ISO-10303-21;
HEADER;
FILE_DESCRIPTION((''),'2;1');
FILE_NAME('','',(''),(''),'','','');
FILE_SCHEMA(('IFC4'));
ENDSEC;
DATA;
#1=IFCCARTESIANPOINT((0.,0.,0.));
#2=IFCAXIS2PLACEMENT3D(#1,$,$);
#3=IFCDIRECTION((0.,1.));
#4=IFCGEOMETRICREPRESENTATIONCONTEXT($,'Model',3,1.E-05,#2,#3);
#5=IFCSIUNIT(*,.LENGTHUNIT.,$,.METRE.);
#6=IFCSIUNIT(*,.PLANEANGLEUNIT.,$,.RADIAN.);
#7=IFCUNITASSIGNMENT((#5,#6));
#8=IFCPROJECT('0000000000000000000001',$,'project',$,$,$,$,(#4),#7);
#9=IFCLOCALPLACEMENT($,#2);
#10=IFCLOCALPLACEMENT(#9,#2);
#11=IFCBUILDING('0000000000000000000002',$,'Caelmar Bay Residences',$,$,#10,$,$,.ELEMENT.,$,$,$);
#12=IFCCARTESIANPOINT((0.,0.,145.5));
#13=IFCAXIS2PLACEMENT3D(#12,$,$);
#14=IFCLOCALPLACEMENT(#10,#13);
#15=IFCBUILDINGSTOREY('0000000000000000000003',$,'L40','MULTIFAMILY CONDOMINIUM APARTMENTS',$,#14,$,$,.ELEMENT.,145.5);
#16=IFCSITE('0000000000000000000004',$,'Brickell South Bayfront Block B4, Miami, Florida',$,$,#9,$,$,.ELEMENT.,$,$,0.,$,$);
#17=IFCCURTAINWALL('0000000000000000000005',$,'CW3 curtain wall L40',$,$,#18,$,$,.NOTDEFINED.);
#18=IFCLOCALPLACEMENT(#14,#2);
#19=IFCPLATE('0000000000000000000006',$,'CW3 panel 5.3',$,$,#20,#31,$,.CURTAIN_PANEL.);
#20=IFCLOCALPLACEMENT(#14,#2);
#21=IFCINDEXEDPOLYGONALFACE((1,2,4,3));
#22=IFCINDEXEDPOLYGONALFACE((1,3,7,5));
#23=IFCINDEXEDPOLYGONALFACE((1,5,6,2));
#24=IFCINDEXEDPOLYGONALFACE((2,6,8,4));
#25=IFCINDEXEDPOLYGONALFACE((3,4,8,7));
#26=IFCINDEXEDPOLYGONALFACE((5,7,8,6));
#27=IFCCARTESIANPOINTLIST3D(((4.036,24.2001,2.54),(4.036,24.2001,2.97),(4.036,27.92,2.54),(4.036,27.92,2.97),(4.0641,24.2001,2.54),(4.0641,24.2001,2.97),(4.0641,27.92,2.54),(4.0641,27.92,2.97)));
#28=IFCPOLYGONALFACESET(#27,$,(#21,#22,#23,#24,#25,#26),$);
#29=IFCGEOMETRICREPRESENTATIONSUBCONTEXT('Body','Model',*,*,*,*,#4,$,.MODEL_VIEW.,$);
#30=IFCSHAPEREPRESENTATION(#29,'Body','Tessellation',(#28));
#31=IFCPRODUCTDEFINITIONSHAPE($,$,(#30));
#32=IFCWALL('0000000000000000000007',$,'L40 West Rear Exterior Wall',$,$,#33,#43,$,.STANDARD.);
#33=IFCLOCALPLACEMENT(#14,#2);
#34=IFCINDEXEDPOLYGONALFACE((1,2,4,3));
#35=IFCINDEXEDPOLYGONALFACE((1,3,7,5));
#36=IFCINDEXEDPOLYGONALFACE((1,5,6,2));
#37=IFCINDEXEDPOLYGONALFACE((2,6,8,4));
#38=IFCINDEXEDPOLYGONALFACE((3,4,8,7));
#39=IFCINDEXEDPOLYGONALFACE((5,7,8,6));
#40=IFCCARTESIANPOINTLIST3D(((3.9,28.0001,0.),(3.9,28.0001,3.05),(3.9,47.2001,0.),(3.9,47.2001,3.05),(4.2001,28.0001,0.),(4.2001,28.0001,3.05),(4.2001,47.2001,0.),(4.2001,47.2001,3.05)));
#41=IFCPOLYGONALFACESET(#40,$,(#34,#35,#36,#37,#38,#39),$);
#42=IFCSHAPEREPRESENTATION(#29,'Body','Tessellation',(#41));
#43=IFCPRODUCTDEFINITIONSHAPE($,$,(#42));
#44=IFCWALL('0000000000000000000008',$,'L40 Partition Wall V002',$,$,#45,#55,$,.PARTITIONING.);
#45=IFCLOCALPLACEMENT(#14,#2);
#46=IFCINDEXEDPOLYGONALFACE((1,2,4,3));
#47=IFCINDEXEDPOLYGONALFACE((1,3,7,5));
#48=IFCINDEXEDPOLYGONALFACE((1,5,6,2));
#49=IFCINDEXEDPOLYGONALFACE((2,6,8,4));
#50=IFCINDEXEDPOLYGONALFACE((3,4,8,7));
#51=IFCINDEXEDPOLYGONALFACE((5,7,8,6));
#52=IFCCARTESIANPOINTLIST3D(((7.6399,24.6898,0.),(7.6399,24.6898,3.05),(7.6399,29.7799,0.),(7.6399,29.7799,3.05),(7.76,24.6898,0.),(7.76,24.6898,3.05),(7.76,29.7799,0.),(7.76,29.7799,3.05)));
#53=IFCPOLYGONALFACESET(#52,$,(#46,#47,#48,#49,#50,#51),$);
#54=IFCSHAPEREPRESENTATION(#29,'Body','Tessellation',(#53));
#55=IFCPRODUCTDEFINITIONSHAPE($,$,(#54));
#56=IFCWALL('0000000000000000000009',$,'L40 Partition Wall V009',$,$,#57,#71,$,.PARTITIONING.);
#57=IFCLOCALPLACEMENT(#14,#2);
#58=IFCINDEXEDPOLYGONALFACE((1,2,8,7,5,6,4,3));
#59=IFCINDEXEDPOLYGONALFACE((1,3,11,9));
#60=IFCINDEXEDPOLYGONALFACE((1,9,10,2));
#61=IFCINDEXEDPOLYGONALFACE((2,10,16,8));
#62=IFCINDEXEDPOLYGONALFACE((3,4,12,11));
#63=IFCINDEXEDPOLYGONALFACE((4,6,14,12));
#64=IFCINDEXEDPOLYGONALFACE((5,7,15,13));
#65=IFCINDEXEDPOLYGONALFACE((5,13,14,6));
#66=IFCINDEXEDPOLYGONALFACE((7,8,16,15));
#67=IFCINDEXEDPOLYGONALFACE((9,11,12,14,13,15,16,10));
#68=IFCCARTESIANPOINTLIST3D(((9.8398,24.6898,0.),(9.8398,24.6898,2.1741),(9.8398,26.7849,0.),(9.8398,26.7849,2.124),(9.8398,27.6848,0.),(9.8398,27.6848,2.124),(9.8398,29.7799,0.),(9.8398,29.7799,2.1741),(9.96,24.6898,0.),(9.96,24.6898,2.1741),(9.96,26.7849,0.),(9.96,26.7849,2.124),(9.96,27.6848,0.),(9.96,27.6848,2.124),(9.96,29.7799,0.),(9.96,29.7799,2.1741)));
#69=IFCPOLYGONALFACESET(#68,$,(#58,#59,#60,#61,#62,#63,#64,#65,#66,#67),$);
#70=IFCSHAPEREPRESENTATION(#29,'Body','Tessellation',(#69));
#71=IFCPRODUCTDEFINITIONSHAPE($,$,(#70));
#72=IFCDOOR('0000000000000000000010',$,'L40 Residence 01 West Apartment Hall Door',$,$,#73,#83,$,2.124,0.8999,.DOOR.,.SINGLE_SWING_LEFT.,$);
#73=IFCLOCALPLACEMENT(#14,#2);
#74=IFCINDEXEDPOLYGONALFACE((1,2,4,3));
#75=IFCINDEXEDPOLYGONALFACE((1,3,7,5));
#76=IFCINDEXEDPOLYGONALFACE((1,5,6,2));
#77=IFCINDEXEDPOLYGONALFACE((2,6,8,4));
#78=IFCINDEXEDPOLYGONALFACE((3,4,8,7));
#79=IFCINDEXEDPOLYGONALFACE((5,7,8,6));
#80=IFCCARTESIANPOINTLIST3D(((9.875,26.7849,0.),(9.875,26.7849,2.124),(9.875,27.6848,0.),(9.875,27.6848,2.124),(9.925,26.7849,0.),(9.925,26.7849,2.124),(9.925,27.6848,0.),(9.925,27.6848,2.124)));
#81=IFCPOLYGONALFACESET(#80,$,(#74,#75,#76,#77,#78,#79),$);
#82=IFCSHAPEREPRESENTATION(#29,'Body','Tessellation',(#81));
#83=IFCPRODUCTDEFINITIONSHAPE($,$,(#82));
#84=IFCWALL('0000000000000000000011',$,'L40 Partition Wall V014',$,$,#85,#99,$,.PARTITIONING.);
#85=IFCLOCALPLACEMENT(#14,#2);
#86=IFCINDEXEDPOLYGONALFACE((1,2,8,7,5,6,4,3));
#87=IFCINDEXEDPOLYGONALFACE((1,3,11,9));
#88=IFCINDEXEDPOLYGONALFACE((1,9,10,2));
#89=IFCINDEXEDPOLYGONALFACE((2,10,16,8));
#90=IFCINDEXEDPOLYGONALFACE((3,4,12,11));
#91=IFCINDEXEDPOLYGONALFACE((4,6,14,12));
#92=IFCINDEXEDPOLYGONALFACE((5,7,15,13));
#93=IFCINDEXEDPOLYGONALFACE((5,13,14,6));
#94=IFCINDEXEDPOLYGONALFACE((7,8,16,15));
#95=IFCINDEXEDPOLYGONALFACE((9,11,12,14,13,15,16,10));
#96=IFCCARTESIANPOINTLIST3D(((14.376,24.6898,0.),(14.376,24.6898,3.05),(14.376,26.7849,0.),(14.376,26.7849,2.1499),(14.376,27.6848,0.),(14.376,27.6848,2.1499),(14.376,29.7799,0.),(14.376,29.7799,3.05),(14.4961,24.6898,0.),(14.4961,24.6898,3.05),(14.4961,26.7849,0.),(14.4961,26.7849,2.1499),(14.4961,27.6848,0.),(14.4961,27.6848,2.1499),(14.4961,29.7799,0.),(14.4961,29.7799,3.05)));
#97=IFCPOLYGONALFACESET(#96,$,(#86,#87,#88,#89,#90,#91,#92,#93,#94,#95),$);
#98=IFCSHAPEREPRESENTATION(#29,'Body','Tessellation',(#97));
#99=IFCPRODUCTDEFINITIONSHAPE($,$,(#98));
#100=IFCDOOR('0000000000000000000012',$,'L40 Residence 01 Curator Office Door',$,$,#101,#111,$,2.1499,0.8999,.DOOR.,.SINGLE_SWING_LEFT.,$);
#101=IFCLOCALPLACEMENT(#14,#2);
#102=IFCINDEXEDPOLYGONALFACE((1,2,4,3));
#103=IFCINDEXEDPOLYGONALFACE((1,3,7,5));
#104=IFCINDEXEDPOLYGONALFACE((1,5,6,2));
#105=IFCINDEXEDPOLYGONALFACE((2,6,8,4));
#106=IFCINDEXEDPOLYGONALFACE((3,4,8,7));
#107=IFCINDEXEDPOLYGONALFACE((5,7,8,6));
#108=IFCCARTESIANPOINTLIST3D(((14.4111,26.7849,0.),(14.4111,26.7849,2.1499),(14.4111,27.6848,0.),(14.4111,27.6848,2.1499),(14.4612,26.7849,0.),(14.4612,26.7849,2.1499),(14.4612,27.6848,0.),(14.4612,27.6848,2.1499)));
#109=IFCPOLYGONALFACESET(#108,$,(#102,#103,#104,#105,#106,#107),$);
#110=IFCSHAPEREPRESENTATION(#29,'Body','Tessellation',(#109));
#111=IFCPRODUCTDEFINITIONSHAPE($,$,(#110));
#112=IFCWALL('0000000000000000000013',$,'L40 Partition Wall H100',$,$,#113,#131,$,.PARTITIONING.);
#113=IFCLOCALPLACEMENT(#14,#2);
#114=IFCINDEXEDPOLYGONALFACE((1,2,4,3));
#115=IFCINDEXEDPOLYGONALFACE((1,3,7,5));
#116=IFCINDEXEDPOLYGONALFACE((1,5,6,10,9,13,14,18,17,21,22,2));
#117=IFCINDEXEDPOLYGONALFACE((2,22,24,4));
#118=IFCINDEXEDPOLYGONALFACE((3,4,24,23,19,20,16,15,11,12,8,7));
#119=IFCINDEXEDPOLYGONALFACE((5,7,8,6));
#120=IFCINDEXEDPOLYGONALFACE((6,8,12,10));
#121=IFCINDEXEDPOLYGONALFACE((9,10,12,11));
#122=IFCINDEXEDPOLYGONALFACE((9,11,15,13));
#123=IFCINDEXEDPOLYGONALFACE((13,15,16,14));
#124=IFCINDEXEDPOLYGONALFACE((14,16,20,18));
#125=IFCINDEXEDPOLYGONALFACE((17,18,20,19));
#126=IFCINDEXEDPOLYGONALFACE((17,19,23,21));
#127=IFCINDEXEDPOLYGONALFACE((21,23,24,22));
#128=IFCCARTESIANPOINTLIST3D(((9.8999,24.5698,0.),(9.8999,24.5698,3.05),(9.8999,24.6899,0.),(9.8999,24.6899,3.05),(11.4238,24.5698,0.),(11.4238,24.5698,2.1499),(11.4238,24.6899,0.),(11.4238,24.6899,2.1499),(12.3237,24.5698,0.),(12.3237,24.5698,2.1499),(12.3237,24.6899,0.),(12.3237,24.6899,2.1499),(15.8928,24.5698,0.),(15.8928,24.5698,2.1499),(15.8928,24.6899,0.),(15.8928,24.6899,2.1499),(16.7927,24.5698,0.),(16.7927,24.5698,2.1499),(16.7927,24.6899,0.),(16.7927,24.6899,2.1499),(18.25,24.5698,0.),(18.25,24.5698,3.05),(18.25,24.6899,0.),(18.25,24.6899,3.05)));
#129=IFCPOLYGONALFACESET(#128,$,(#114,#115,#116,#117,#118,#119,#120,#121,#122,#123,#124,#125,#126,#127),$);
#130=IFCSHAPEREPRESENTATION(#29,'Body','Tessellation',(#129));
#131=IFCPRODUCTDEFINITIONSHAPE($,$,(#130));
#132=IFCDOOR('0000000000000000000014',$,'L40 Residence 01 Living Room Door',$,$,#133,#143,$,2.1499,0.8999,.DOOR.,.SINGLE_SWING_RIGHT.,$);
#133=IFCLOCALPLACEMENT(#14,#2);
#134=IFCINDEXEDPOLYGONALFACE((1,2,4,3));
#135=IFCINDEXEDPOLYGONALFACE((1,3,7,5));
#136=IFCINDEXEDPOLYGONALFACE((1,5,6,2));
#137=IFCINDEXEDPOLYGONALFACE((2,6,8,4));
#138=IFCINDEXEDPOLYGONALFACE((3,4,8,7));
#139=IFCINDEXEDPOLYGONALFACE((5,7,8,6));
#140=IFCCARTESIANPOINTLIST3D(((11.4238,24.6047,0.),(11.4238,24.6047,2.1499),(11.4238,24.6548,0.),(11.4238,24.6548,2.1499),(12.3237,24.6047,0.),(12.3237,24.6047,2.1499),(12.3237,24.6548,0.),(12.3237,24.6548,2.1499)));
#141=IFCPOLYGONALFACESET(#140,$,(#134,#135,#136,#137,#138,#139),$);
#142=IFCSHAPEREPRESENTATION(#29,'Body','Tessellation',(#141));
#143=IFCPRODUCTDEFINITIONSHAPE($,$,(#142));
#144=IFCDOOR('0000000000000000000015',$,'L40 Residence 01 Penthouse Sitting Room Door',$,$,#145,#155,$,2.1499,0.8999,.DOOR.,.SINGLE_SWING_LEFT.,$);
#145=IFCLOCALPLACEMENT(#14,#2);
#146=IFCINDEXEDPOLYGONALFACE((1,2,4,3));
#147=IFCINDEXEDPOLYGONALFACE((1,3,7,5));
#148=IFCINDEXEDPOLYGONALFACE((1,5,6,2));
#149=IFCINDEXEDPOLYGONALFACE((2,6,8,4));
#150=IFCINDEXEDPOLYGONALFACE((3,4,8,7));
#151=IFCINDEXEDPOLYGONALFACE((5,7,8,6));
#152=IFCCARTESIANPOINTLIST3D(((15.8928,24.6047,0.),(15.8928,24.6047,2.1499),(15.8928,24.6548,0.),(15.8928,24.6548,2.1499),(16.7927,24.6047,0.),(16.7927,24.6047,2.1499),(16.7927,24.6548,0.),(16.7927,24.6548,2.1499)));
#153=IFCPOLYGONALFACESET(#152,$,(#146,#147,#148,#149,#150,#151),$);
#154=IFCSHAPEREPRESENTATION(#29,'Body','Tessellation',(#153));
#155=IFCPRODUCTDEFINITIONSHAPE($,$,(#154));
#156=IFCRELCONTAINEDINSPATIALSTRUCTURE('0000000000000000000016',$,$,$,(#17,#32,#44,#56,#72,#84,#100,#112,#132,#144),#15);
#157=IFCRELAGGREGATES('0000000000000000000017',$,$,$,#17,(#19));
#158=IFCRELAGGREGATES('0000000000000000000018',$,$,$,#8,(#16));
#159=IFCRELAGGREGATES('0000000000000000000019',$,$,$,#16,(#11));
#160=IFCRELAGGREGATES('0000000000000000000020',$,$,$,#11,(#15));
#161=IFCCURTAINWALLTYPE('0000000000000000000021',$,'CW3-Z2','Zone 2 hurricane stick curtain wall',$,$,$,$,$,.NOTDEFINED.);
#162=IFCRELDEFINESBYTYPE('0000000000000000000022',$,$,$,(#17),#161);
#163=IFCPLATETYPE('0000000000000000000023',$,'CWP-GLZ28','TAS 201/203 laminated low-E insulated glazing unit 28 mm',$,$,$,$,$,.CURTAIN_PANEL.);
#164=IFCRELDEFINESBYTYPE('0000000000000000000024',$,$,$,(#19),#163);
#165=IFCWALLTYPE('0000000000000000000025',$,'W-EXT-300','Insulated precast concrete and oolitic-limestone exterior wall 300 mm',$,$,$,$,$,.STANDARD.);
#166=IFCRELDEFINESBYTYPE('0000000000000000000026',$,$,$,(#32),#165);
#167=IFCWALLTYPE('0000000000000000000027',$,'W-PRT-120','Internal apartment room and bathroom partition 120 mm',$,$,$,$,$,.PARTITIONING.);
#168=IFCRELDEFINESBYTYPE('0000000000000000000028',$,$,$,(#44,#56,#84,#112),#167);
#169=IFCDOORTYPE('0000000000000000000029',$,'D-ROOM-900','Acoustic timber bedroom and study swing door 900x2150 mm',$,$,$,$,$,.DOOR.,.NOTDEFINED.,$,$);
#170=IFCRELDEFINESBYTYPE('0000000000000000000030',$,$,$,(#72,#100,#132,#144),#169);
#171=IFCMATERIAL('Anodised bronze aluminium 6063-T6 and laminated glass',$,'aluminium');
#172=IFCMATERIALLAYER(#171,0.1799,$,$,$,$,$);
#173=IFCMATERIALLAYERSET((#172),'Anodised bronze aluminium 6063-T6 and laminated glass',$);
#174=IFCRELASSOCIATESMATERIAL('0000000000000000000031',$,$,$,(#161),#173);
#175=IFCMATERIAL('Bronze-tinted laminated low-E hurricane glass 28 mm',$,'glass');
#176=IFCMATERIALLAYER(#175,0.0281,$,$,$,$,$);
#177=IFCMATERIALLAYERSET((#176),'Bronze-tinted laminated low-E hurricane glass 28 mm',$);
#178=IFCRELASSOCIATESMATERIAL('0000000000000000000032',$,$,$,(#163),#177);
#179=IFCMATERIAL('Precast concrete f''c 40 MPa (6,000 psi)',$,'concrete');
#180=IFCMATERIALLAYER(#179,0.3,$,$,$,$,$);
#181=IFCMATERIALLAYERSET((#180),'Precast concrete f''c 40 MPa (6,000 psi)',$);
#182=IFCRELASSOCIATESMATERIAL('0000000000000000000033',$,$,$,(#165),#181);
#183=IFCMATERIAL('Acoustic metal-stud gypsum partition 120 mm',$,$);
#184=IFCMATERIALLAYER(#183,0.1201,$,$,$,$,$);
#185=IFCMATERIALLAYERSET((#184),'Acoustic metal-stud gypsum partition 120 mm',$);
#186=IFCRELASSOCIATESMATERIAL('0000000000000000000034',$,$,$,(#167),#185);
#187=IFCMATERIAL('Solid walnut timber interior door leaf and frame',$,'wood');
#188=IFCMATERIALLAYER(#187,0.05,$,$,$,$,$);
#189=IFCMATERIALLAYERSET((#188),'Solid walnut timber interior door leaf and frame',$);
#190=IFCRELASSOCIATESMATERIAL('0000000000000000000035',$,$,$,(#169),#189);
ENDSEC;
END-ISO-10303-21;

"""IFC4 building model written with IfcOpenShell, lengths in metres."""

from ifc_helpers import new_model, si_unit, direction, frame, frame_2d, origin, origin_2d, place, context, subcontext, project, spatial, rectangle, extrude, material, layer, layer_set, type_object, element, fill, aggregate, save


model = new_model("IFC4")

# Units and contexts
model_context = context("Model", 3, precision=1e-05, world=origin(), true_north=direction((0.0, 1.0)))
body_context = subcontext(model_context, "Body", "Model", "MODEL_VIEW")
ifc_project = project(units=[si_unit("LENGTHUNIT", "METRE"), si_unit("PLANEANGLEUNIT", "RADIAN")], contexts=[model_context])

# Site, building, storey
site_placement = place(None, origin())
site = spatial("IfcSite", under=ifc_project, at=site_placement, Name="Brickell South Bayfront Block B4, Miami, Florida", CompositionType="ELEMENT", RefElevation=0.0)
building_placement = place(site_placement, origin())
building = spatial("IfcBuilding", under=site, at=building_placement, Name="Caelmar Bay Residences", CompositionType="ELEMENT")
storey_placement = place(building_placement, frame((0.0, 0.0, 145.5)))
storey = spatial("IfcBuildingStorey", under=building, at=storey_placement, Name="L40", Description="MULTIFAMILY CONDOMINIUM APARTMENTS", CompositionType="ELEMENT", Elevation=145.5)

# Curtain wall, plate
ifc_material_1 = material(Name="Anodised bronze aluminium 6063-T6 and laminated glass", Category="aluminium")
ifc_layer_1 = layer(ifc_material_1, 0.1799)
ifc_layer_set_1 = layer_set([ifc_layer_1], Name="Anodised bronze aluminium 6063-T6 and laminated glass")
curtain_wall_type = type_object("IfcCurtainWallType", Name="CW3-Z2", Description="Zone 2 hurricane stick curtain wall", PredefinedType="NOTDEFINED", material=ifc_layer_set_1)
curtain_wall_placement = place(storey_placement, origin())
curtain_wall = element("IfcCurtainWall", 1, at=curtain_wall_placement, inside=storey, type_object=curtain_wall_type, Name="CW3 curtain wall L40", PredefinedType="NOTDEFINED")
ifc_material_2 = material(Name="Bronze-tinted laminated low-E hurricane glass 28 mm", Category="glass")
ifc_layer_2 = layer(ifc_material_2, 0.0281)
ifc_layer_set_2 = layer_set([ifc_layer_2], Name="Bronze-tinted laminated low-E hurricane glass 28 mm")
plate_type = type_object("IfcPlateType", Name="CWP-GLZ28", Description="TAS 201/203 laminated low-E insulated glazing unit 28 mm", PredefinedType="CURTAIN_PANEL", material=ifc_layer_set_2)
plate_1_placement = place(storey_placement, frame((4.05, 26.0601, 2.54), z_axis=(0.0, 0.0, 1.0), x_axis=(0.0, 1.0, 0.0)))
plate_1 = element("IfcPlate", 2, at=plate_1_placement, type_object=plate_type, Name="CW3 panel 5.3", PredefinedType="CURTAIN_PANEL", context=body_context, shape_type="SweptSolid", body=[
    extrude(rectangle(XDim=3.72, YDim=0.0281, at=origin_2d()), origin(), (0.0, 0.0, 1.0), 0.4299),
])
aggregate(curtain_wall, [plate_1])

# Walls
ifc_material_3 = material(Name="Precast concrete f'c 40 MPa (6,000 psi)", Category="concrete")
ifc_layer_3 = layer(ifc_material_3, 0.3)
ifc_layer_set_3 = layer_set([ifc_layer_3], Name="Precast concrete f'c 40 MPa (6,000 psi)")
wall_type_1 = type_object("IfcWallType", Name="W-EXT-300", Description="Insulated precast concrete and oolitic-limestone exterior wall 300 mm", PredefinedType="STANDARD", material=ifc_layer_set_3)
wall_1_placement = place(storey_placement, frame((4.05, 28.0, 0.0), z_axis=(0.0, 0.0, 1.0), x_axis=(0.0, 1.0, 0.0)))
element("IfcWall", 3, at=wall_1_placement, inside=storey, type_object=wall_type_1, Name="L40 West Rear Exterior Wall", PredefinedType="STANDARD", context=body_context, shape_type="SweptSolid", body=[
    extrude(rectangle(XDim=19.2, YDim=0.3, at=frame_2d((9.6001, 0.0))), origin(), (0.0, 0.0, 1.0), 3.05),
])
ifc_material_4 = material(Name="Acoustic metal-stud gypsum partition 120 mm")
ifc_layer_4 = layer(ifc_material_4, 0.1201)
ifc_layer_set_4 = layer_set([ifc_layer_4], Name="Acoustic metal-stud gypsum partition 120 mm")
wall_type_2 = type_object("IfcWallType", Name="W-PRT-120", Description="Internal apartment room and bathroom partition 120 mm", PredefinedType="PARTITIONING", material=ifc_layer_set_4)
wall_2_placement = place(storey_placement, frame((7.7, 24.6899, 0.0), z_axis=(0.0, 0.0, 1.0), x_axis=(0.0, 1.0, 0.0)))
element("IfcWall", 4, at=wall_2_placement, inside=storey, type_object=wall_type_2, Name="L40 Partition Wall V002", PredefinedType="PARTITIONING", context=body_context, shape_type="SweptSolid", body=[
    extrude(rectangle(XDim=5.0901, YDim=0.1201, at=frame_2d((2.5449, 0.0))), origin(), (0.0, 0.0, 1.0), 3.05),
])

# Walls, openings, doors
wall_3_placement = place(storey_placement, frame((9.8999, 24.6899, 0.0), z_axis=(0.0, 0.0, 1.0), x_axis=(0.0, 1.0, 0.0)))
wall_3 = element("IfcWall", 5, at=wall_3_placement, inside=storey, type_object=wall_type_2, Name="L40 Partition Wall V009", PredefinedType="PARTITIONING", context=body_context, shape_type="SweptSolid", body=[
    extrude(rectangle(XDim=5.0901, YDim=0.1201, at=frame_2d((2.5449, 0.0))), origin(), (0.0, 0.0, 1.0), 2.1741),
])
opening_1_placement = place(wall_3_placement, frame((2.095, 0.0, 0.0)))
opening_1 = element("IfcOpeningElement", 6, at=opening_1_placement, cuts=wall_3, PredefinedType="OPENING", context=body_context, shape_type="SweptSolid", body=[
    extrude(rectangle(XDim=0.8999, YDim=2.124, at=frame_2d((0.45, 1.062))), frame((0.0, 0.0701, 0.0), z_axis=(0.0, -1.0, 0.0), x_axis=(1.0, 0.0, 0.0)), (0.0, 0.0, 1.0), 0.1401),
])
ifc_material_5 = material(Name="Solid walnut timber interior door leaf and frame", Category="wood")
ifc_layer_5 = layer(ifc_material_5, 0.05)
ifc_layer_set_5 = layer_set([ifc_layer_5], Name="Solid walnut timber interior door leaf and frame")
door_type = type_object("IfcDoorType", Name="D-ROOM-900", Description="Acoustic timber bedroom and study swing door 900x2150 mm", OperationType="NOTDEFINED", PredefinedType="DOOR", material=ifc_layer_set_5)
door_1_placement = place(opening_1_placement, origin())
door_1 = element("IfcDoor", 7, at=door_1_placement, inside=storey, type_object=door_type, Name="L40 Residence 01 West Apartment Hall Door", OperationType="SINGLE_SWING_LEFT", OverallHeight=2.124, OverallWidth=0.8999, PredefinedType="DOOR", context=body_context, shape_type="SweptSolid", body=[
    extrude(rectangle(XDim=0.8999, YDim=2.124, at=frame_2d((0.45, 1.062))), frame((0.0, 0.0249, 0.0), z_axis=(0.0, -1.0, 0.0), x_axis=(1.0, 0.0, 0.0)), (0.0, 0.0, 1.0), 0.05),
])
fill(opening_1, door_1)
wall_4_placement = place(storey_placement, frame((14.436, 24.6899, 0.0), z_axis=(0.0, 0.0, 1.0), x_axis=(0.0, 1.0, 0.0)))
wall_4 = element("IfcWall", 8, at=wall_4_placement, inside=storey, type_object=wall_type_2, Name="L40 Partition Wall V014", PredefinedType="PARTITIONING", context=body_context, shape_type="SweptSolid", body=[
    extrude(rectangle(XDim=5.0901, YDim=0.1201, at=frame_2d((2.5449, 0.0))), origin(), (0.0, 0.0, 1.0), 3.05),
])
opening_2_placement = place(wall_4_placement, frame((2.095, 0.0, 0.0)))
opening_2 = element("IfcOpeningElement", 9, at=opening_2_placement, cuts=wall_4, PredefinedType="OPENING", context=body_context, shape_type="SweptSolid", body=[
    extrude(rectangle(XDim=0.8999, YDim=2.1499, at=frame_2d((0.45, 1.075))), frame((0.0, 0.0701, 0.0), z_axis=(0.0, -1.0, 0.0), x_axis=(1.0, 0.0, 0.0)), (0.0, 0.0, 1.0), 0.1401),
])
door_2_placement = place(opening_2_placement, origin())
door_2 = element("IfcDoor", 10, at=door_2_placement, inside=storey, type_object=door_type, Name="L40 Residence 01 Curator Office Door", OperationType="SINGLE_SWING_LEFT", OverallHeight=2.1499, OverallWidth=0.8999, PredefinedType="DOOR", context=body_context, shape_type="SweptSolid", body=[
    extrude(rectangle(XDim=0.8999, YDim=2.1499, at=frame_2d((0.45, 1.075))), frame((0.0, 0.0249, 0.0), z_axis=(0.0, -1.0, 0.0), x_axis=(1.0, 0.0, 0.0)), (0.0, 0.0, 1.0), 0.05),
])
fill(opening_2, door_2)

# Wall, openings, doors
wall_5_placement = place(storey_placement, frame((9.8999, 24.6299, 0.0), z_axis=(0.0, 0.0, 1.0), x_axis=(1.0, 0.0, 0.0)))
wall_5 = element("IfcWall", 11, at=wall_5_placement, inside=storey, type_object=wall_type_2, Name="L40 Partition Wall H100", PredefinedType="PARTITIONING", context=body_context, shape_type="SweptSolid", body=[
    extrude(rectangle(XDim=8.3501, YDim=0.1201, at=frame_2d((4.175, 0.0))), origin(), (0.0, 0.0, 1.0), 3.05),
])
opening_3_placement = place(wall_5_placement, frame((1.5239, 0.0, 0.0)))
opening_3 = element("IfcOpeningElement", 12, at=opening_3_placement, cuts=wall_5, PredefinedType="OPENING", context=body_context, shape_type="SweptSolid", body=[
    extrude(rectangle(XDim=0.8999, YDim=2.1499, at=frame_2d((0.45, 1.075))), frame((0.0, 0.0701, 0.0), z_axis=(0.0, -1.0, 0.0), x_axis=(1.0, 0.0, 0.0)), (0.0, 0.0, 1.0), 0.1401),
])
opening_4_placement = place(wall_5_placement, frame((5.9929, 0.0, 0.0)))
opening_4 = element("IfcOpeningElement", 13, at=opening_4_placement, cuts=wall_5, PredefinedType="OPENING", context=body_context, shape_type="SweptSolid", body=[
    extrude(rectangle(XDim=0.8999, YDim=2.1499, at=frame_2d((0.45, 1.075))), frame((0.0, 0.0701, 0.0), z_axis=(0.0, -1.0, 0.0), x_axis=(1.0, 0.0, 0.0)), (0.0, 0.0, 1.0), 0.1401),
])
door_3_placement = place(opening_3_placement, origin())
door_3 = element("IfcDoor", 14, at=door_3_placement, inside=storey, type_object=door_type, Name="L40 Residence 01 Living Room Door", OperationType="SINGLE_SWING_RIGHT", OverallHeight=2.1499, OverallWidth=0.8999, PredefinedType="DOOR", context=body_context, shape_type="SweptSolid", body=[
    extrude(rectangle(XDim=0.8999, YDim=2.1499, at=frame_2d((0.45, 1.075))), frame((0.0, 0.0249, 0.0), z_axis=(0.0, -1.0, 0.0), x_axis=(1.0, 0.0, 0.0)), (0.0, 0.0, 1.0), 0.05),
])
fill(opening_3, door_3)
door_4_placement = place(opening_4_placement, origin())
door_4 = element("IfcDoor", 15, at=door_4_placement, inside=storey, type_object=door_type, Name="L40 Residence 01 Penthouse Sitting Room Door", OperationType="SINGLE_SWING_LEFT", OverallHeight=2.1499, OverallWidth=0.8999, PredefinedType="DOOR", context=body_context, shape_type="SweptSolid", body=[
    extrude(rectangle(XDim=0.8999, YDim=2.1499, at=frame_2d((0.45, 1.075))), frame((0.0, 0.0249, 0.0), z_axis=(0.0, -1.0, 0.0), x_axis=(1.0, 0.0, 0.0)), (0.0, 0.0, 1.0), 0.05),
])
fill(opening_4, door_4)

save(model, "model.ifc")
